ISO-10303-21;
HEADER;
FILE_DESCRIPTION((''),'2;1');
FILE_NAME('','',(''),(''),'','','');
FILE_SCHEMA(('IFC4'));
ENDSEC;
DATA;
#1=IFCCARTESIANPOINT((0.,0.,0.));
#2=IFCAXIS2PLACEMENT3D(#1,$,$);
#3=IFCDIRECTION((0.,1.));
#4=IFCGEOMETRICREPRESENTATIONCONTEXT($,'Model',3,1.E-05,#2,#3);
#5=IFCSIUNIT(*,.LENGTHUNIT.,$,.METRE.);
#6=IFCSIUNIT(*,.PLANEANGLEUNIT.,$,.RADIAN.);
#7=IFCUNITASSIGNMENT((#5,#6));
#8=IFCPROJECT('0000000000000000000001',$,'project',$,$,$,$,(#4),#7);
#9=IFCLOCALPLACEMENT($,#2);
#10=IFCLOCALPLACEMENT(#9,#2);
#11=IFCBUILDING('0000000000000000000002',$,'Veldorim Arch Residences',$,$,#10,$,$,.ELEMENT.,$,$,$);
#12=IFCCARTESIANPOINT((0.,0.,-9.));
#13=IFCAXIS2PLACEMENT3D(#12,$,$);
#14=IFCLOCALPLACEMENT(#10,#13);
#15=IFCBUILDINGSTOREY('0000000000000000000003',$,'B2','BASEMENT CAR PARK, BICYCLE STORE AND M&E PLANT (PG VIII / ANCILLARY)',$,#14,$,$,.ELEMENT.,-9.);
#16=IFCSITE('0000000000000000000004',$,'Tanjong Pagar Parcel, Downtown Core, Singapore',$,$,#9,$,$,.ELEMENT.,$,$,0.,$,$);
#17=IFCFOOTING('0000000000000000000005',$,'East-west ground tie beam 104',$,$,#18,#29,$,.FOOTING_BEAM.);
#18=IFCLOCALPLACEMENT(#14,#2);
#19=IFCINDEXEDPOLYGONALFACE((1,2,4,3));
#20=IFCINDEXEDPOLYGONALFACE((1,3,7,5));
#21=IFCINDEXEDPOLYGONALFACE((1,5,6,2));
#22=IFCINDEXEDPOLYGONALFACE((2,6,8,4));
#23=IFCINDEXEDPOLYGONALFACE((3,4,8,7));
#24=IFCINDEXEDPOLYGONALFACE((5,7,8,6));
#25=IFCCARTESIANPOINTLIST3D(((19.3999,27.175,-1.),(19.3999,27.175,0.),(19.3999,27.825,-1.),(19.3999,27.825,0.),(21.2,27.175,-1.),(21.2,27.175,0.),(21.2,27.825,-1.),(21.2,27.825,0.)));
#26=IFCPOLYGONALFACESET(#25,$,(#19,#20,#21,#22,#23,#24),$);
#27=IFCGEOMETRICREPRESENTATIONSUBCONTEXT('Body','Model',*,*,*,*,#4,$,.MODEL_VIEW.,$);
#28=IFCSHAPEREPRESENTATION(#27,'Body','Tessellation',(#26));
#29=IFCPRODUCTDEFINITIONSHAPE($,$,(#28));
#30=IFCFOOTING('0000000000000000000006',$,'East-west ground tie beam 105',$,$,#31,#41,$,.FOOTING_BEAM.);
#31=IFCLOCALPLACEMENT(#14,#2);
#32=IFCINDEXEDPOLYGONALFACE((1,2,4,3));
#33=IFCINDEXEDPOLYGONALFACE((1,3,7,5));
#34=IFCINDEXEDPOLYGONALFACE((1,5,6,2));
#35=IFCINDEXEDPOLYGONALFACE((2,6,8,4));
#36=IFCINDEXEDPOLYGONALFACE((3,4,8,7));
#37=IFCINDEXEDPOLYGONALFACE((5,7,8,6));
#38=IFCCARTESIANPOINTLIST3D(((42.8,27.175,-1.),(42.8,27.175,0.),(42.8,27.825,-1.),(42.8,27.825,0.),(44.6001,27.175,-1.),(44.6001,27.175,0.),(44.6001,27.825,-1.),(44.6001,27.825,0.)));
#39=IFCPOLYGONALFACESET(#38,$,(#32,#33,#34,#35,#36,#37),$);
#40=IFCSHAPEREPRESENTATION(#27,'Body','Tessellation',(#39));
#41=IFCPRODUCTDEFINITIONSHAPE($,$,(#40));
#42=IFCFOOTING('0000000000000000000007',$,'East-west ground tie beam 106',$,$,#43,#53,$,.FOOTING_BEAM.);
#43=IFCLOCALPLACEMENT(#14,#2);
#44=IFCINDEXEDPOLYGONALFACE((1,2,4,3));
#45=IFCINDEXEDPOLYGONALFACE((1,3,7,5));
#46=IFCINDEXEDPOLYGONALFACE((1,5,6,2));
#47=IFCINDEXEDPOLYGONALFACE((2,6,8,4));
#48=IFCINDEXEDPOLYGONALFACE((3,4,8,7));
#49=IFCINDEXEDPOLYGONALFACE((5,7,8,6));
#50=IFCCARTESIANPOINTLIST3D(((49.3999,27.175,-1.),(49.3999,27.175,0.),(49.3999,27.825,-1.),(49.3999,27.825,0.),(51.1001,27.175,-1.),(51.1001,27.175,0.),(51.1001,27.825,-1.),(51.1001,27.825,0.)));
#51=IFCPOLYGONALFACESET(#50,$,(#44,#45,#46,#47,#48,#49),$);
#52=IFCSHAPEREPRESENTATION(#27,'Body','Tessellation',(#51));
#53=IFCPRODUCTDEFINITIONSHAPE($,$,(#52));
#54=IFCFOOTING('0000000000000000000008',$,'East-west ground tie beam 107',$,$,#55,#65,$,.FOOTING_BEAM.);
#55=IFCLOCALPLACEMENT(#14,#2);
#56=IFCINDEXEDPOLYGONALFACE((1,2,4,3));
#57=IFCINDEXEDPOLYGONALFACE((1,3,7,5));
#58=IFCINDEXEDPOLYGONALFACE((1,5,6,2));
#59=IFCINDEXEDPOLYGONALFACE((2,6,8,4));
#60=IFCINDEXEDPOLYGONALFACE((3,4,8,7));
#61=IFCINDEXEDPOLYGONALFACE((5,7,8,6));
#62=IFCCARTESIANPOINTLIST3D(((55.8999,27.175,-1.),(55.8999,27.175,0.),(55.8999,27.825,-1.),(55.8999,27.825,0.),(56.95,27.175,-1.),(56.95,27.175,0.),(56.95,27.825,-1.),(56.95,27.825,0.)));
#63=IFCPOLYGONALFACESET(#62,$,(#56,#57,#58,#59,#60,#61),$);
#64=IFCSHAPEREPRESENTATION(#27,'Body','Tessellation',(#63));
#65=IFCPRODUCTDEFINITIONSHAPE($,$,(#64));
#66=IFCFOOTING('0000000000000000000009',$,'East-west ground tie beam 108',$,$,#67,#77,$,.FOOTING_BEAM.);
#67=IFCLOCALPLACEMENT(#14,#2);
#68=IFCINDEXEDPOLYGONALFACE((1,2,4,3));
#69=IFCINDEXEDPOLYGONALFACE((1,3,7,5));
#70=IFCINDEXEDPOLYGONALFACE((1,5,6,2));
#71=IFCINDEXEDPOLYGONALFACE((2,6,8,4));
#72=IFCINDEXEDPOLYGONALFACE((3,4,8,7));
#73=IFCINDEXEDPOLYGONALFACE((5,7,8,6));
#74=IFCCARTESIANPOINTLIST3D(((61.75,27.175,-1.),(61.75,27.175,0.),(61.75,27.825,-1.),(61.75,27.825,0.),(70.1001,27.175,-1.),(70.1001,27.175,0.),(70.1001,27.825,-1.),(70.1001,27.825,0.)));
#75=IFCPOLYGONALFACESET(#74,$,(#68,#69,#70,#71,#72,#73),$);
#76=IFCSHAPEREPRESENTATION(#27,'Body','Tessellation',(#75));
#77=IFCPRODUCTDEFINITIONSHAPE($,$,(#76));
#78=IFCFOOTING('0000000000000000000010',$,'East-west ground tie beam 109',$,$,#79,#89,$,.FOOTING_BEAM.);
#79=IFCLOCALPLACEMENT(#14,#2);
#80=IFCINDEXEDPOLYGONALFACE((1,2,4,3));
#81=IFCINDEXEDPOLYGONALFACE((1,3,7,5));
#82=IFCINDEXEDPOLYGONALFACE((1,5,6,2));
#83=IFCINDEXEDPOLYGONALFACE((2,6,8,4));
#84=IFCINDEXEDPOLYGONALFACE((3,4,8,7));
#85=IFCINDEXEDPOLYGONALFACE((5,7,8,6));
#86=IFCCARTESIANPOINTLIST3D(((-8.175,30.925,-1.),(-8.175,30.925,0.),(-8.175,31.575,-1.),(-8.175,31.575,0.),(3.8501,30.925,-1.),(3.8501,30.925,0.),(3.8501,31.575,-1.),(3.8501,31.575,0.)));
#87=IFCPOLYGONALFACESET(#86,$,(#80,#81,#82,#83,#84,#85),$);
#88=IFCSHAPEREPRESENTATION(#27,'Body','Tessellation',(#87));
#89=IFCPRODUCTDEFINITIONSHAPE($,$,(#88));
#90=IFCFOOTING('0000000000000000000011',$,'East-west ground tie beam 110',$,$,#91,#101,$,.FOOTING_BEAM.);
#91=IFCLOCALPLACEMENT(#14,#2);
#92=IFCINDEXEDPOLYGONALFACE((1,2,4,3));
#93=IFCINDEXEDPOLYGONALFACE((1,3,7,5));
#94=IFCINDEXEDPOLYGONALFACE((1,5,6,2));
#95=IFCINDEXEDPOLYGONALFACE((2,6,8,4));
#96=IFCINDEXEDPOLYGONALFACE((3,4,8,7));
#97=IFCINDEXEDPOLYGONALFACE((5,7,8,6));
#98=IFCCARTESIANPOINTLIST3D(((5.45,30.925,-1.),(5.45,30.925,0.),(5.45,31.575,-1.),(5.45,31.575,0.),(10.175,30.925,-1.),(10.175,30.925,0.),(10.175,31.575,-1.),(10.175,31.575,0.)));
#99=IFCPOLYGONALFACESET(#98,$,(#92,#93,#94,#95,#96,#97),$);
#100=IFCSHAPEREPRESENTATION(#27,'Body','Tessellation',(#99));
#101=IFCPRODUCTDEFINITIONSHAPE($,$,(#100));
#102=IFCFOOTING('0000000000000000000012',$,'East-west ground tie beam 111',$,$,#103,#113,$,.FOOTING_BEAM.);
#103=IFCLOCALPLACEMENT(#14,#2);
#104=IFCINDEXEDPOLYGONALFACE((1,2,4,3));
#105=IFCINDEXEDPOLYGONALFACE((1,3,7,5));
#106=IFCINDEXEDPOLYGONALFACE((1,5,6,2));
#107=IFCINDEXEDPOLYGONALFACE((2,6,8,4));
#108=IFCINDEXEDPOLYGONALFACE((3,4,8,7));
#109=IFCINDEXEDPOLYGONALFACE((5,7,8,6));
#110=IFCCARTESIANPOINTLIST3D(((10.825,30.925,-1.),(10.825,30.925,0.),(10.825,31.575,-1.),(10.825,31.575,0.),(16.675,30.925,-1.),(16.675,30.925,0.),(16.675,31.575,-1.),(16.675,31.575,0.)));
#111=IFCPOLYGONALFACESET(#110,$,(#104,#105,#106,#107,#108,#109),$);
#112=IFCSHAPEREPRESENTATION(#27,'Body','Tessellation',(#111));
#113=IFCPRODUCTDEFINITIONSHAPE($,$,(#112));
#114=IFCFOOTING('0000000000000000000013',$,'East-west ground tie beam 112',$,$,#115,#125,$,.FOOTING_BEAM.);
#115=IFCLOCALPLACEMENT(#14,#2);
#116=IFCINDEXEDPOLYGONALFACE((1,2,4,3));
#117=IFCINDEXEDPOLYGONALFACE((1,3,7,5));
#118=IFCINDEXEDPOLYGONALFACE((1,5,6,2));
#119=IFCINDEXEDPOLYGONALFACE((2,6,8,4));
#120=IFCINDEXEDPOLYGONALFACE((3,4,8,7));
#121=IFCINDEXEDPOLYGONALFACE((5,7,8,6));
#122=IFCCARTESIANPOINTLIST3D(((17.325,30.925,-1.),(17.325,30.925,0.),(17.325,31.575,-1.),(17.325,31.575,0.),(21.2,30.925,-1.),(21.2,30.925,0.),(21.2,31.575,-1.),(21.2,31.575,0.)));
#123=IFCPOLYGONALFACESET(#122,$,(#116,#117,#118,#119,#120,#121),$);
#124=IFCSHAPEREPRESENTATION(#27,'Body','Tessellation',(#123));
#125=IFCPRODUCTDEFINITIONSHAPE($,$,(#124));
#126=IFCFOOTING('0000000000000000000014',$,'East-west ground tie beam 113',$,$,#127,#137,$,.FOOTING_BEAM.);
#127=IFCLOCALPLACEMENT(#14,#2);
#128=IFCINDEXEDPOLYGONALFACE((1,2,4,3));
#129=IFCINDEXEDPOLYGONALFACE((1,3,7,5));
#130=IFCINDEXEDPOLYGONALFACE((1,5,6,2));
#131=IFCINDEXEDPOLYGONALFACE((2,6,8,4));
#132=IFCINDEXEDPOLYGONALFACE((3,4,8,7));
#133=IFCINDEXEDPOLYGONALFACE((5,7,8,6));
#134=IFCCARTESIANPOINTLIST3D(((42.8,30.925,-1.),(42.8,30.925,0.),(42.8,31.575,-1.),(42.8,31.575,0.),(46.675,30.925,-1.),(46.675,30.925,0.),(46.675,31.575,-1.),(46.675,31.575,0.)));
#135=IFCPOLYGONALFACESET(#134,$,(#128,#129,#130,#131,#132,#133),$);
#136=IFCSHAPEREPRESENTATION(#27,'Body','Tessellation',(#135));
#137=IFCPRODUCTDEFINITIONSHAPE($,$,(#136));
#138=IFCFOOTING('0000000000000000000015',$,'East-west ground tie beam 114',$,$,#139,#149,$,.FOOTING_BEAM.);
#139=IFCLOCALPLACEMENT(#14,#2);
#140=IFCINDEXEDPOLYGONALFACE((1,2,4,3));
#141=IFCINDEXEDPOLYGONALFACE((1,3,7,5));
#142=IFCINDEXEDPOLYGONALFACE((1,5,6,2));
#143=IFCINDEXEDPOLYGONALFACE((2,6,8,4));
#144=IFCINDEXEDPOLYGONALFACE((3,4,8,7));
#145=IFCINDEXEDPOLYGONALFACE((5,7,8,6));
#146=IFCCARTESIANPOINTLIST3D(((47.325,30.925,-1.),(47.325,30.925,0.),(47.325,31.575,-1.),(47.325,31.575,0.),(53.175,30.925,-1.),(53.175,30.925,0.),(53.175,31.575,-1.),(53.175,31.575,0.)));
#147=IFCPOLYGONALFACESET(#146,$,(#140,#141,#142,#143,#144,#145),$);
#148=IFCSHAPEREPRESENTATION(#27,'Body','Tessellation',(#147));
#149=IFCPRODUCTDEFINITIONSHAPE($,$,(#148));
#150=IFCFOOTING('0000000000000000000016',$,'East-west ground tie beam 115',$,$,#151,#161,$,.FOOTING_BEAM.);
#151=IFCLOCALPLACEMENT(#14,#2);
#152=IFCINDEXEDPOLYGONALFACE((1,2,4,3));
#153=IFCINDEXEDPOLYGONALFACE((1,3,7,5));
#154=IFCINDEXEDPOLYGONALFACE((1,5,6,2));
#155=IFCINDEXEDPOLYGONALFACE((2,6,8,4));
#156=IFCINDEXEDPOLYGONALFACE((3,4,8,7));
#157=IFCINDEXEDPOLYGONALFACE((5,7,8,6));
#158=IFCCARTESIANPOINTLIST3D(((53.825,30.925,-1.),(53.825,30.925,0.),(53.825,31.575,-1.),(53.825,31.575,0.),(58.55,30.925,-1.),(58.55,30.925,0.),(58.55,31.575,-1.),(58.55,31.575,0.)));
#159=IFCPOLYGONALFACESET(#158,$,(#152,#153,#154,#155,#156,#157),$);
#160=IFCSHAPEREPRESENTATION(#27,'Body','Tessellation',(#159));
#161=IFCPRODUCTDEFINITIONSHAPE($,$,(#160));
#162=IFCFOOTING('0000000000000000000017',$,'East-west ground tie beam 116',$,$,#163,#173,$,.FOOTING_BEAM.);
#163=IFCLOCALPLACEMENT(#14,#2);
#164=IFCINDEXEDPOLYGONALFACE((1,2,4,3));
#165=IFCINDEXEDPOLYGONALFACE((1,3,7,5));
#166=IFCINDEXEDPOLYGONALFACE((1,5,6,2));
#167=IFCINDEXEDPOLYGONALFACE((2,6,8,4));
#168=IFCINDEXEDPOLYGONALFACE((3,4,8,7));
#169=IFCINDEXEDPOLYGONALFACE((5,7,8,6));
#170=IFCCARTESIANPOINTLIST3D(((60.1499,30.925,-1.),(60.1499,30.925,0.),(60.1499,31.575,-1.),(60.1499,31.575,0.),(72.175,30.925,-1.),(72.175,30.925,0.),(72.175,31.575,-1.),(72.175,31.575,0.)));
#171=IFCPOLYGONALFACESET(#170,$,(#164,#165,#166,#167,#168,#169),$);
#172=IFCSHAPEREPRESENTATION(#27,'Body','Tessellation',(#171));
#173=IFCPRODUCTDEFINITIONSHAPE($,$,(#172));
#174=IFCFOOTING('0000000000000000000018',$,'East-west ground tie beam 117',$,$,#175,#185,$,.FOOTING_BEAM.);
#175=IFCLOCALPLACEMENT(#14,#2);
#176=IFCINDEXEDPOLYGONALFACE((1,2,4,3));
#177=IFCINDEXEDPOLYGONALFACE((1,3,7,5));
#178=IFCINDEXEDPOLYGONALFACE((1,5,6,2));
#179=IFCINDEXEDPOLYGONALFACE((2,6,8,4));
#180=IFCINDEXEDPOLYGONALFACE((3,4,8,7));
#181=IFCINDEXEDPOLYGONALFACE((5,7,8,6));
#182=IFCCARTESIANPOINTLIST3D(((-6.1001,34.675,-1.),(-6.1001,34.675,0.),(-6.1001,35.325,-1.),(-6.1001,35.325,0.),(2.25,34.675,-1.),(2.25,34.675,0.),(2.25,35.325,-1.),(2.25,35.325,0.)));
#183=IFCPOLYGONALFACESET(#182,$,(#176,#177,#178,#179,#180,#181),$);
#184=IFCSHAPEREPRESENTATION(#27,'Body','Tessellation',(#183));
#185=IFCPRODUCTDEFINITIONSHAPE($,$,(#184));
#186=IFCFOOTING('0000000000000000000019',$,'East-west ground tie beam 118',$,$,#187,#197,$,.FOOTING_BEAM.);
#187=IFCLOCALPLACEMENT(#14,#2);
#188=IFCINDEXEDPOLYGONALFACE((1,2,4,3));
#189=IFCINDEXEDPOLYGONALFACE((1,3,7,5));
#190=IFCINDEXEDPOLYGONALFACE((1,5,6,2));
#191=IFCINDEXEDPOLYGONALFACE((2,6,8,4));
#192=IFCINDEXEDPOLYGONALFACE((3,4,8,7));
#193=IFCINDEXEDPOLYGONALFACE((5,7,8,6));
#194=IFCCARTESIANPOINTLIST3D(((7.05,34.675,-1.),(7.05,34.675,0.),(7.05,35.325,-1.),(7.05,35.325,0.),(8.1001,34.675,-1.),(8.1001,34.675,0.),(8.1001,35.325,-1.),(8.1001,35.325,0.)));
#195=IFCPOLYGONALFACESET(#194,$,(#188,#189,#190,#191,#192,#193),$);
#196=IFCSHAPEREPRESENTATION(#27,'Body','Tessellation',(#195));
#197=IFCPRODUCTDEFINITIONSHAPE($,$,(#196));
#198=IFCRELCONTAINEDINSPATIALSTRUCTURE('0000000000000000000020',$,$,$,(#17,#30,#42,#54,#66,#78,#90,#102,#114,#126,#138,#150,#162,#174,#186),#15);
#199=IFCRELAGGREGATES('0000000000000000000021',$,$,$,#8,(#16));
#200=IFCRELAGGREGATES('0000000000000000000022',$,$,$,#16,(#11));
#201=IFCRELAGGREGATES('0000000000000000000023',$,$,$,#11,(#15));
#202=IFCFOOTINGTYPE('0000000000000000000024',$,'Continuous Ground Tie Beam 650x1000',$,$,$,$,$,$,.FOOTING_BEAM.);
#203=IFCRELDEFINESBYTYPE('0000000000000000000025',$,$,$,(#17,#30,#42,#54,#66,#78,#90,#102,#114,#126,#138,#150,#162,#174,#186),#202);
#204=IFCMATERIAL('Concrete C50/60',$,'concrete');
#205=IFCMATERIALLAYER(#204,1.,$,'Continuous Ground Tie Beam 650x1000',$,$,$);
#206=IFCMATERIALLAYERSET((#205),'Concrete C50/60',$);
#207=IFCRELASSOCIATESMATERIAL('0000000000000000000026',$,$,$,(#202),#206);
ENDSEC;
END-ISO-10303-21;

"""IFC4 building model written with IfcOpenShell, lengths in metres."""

from ifc_helpers import new_model, si_unit, direction, frame, origin, place, context, subcontext, project, spatial, polyline, outline, extrude, material, layer, layer_set, type_object, element, save


model = new_model("IFC4")

# Units and contexts
model_context = context("Model", 3, precision=1e-05, world=origin(), true_north=direction((0.0, 1.0)))
body_context = subcontext(model_context, "Body", "Model", "MODEL_VIEW")
ifc_project = project(units=[si_unit("LENGTHUNIT", "METRE"), si_unit("PLANEANGLEUNIT", "RADIAN")], contexts=[model_context])

# Site, building, storey
site_placement = place(None, origin())
site = spatial("IfcSite", under=ifc_project, at=site_placement, Name="Tanjong Pagar Parcel, Downtown Core, Singapore", CompositionType="ELEMENT", RefElevation=0.0)
building_placement = place(site_placement, origin())
building = spatial("IfcBuilding", under=site, at=building_placement, Name="Veldorim Arch Residences", CompositionType="ELEMENT")
storey_placement = place(building_placement, frame((0.0, 0.0, -9.0)))
storey = spatial("IfcBuildingStorey", under=building, at=storey_placement, Name="B2", Description="BASEMENT CAR PARK, BICYCLE STORE AND M&E PLANT (PG VIII / ANCILLARY)", CompositionType="ELEMENT", Elevation=-9.0)

# Footings
ifc_material = material(Name="Concrete C50/60", Category="concrete")
ifc_layer = layer(ifc_material, 1.0, Name="Continuous Ground Tie Beam 650x1000")
ifc_layer_set = layer_set([ifc_layer], Name="Concrete C50/60")
footing_type = type_object("IfcFootingType", Name="Continuous Ground Tie Beam 650x1000", PredefinedType="FOOTING_BEAM", material=ifc_layer_set)
footing_1_placement = place(storey_placement, frame((0.0, 0.0, -1.0)))
element("IfcFooting", 1, at=footing_1_placement, inside=storey, type_object=footing_type, Name="East-west ground tie beam 104", PredefinedType="FOOTING_BEAM", context=body_context, shape_type="SweptSolid", body=[
    extrude(outline(polyline([(19.3999, 27.175), (21.2, 27.175), (21.2, 27.825), (19.3999, 27.825), (19.3999, 27.175)])), origin(), (0.0, 0.0, 1.0), 1.0),
])
footing_2_placement = place(storey_placement, frame((0.0, 0.0, -1.0)))
element("IfcFooting", 2, at=footing_2_placement, inside=storey, type_object=footing_type, Name="East-west ground tie beam 105", PredefinedType="FOOTING_BEAM", context=body_context, shape_type="SweptSolid", body=[
    extrude(outline(polyline([(42.8, 27.175), (44.6001, 27.175), (44.6001, 27.825), (42.8, 27.825), (42.8, 27.175)])), origin(), (0.0, 0.0, 1.0), 1.0),
])
footing_3_placement = place(storey_placement, frame((0.0, 0.0, -1.0)))
element("IfcFooting", 3, at=footing_3_placement, inside=storey, type_object=footing_type, Name="East-west ground tie beam 106", PredefinedType="FOOTING_BEAM", context=body_context, shape_type="SweptSolid", body=[
    extrude(outline(polyline([(49.3999, 27.175), (51.1001, 27.175), (51.1001, 27.825), (49.3999, 27.825), (49.3999, 27.175)])), origin(), (0.0, 0.0, 1.0), 1.0),
])
footing_4_placement = place(storey_placement, frame((0.0, 0.0, -1.0)))
element("IfcFooting", 4, at=footing_4_placement, inside=storey, type_object=footing_type, Name="East-west ground tie beam 107", PredefinedType="FOOTING_BEAM", context=body_context, shape_type="SweptSolid", body=[
    extrude(outline(polyline([(55.8999, 27.175), (56.95, 27.175), (56.95, 27.825), (55.8999, 27.825), (55.8999, 27.175)])), origin(), (0.0, 0.0, 1.0), 1.0),
])
footing_5_placement = place(storey_placement, frame((0.0, 0.0, -1.0)))
element("IfcFooting", 5, at=footing_5_placement, inside=storey, type_object=footing_type, Name="East-west ground tie beam 108", PredefinedType="FOOTING_BEAM", context=body_context, shape_type="SweptSolid", body=[
    extrude(outline(polyline([(61.75, 27.175), (70.1001, 27.175), (70.1001, 27.825), (61.75, 27.825), (61.75, 27.175)])), origin(), (0.0, 0.0, 1.0), 1.0),
])
footing_6_placement = place(storey_placement, frame((0.0, 0.0, -1.0)))
element("IfcFooting", 6, at=footing_6_placement, inside=storey, type_object=footing_type, Name="East-west ground tie beam 109", PredefinedType="FOOTING_BEAM", context=body_context, shape_type="SweptSolid", body=[
    extrude(outline(polyline([(-8.175, 30.925), (3.8501, 30.925), (3.8501, 31.575), (-8.175, 31.575), (-8.175, 30.925)])), origin(), (0.0, 0.0, 1.0), 1.0),
])
footing_7_placement = place(storey_placement, frame((0.0, 0.0, -1.0)))
element("IfcFooting", 7, at=footing_7_placement, inside=storey, type_object=footing_type, Name="East-west ground tie beam 110", PredefinedType="FOOTING_BEAM", context=body_context, shape_type="SweptSolid", body=[
    extrude(outline(polyline([(5.45, 30.925), (10.175, 30.925), (10.175, 31.575), (5.45, 31.575), (5.45, 30.925)])), origin(), (0.0, 0.0, 1.0), 1.0),
])
footing_8_placement = place(storey_placement, frame((0.0, 0.0, -1.0)))
element("IfcFooting", 8, at=footing_8_placement, inside=storey, type_object=footing_type, Name="East-west ground tie beam 111", PredefinedType="FOOTING_BEAM", context=body_context, shape_type="SweptSolid", body=[
    extrude(outline(polyline([(10.825, 30.925), (16.675, 30.925), (16.675, 31.575), (10.825, 31.575), (10.825, 30.925)])), origin(), (0.0, 0.0, 1.0), 1.0),
])
footing_9_placement = place(storey_placement, frame((0.0, 0.0, -1.0)))
element("IfcFooting", 9, at=footing_9_placement, inside=storey, type_object=footing_type, Name="East-west ground tie beam 112", PredefinedType="FOOTING_BEAM", context=body_context, shape_type="SweptSolid", body=[
    extrude(outline(polyline([(17.325, 30.925), (21.2, 30.925), (21.2, 31.575), (17.325, 31.575), (17.325, 30.925)])), origin(), (0.0, 0.0, 1.0), 1.0),
])
footing_10_placement = place(storey_placement, frame((0.0, 0.0, -1.0)))
element("IfcFooting", 10, at=footing_10_placement, inside=storey, type_object=footing_type, Name="East-west ground tie beam 113", PredefinedType="FOOTING_BEAM", context=body_context, shape_type="SweptSolid", body=[
    extrude(outline(polyline([(42.8, 30.925), (46.675, 30.925), (46.675, 31.575), (42.8, 31.575), (42.8, 30.925)])), origin(), (0.0, 0.0, 1.0), 1.0),
])
footing_11_placement = place(storey_placement, frame((0.0, 0.0, -1.0)))
element("IfcFooting", 11, at=footing_11_placement, inside=storey, type_object=footing_type, Name="East-west ground tie beam 114", PredefinedType="FOOTING_BEAM", context=body_context, shape_type="SweptSolid", body=[
    extrude(outline(polyline([(47.325, 30.925), (53.175, 30.925), (53.175, 31.575), (47.325, 31.575), (47.325, 30.925)])), origin(), (0.0, 0.0, 1.0), 1.0),
])
footing_12_placement = place(storey_placement, frame((0.0, 0.0, -1.0)))
element("IfcFooting", 12, at=footing_12_placement, inside=storey, type_object=footing_type, Name="East-west ground tie beam 115", PredefinedType="FOOTING_BEAM", context=body_context, shape_type="SweptSolid", body=[
    extrude(outline(polyline([(53.825, 30.925), (58.55, 30.925), (58.55, 31.575), (53.825, 31.575), (53.825, 30.925)])), origin(), (0.0, 0.0, 1.0), 1.0),
])
footing_13_placement = place(storey_placement, frame((0.0, 0.0, -1.0)))
element("IfcFooting", 13, at=footing_13_placement, inside=storey, type_object=footing_type, Name="East-west ground tie beam 116", PredefinedType="FOOTING_BEAM", context=body_context, shape_type="SweptSolid", body=[
    extrude(outline(polyline([(60.1499, 30.925), (72.175, 30.925), (72.175, 31.575), (60.1499, 31.575), (60.1499, 30.925)])), origin(), (0.0, 0.0, 1.0), 1.0),
])
footing_14_placement = place(storey_placement, frame((0.0, 0.0, -1.0)))
element("IfcFooting", 14, at=footing_14_placement, inside=storey, type_object=footing_type, Name="East-west ground tie beam 117", PredefinedType="FOOTING_BEAM", context=body_context, shape_type="SweptSolid", body=[
    extrude(outline(polyline([(-6.1001, 34.675), (2.25, 34.675), (2.25, 35.325), (-6.1001, 35.325), (-6.1001, 34.675)])), origin(), (0.0, 0.0, 1.0), 1.0),
])
footing_15_placement = place(storey_placement, frame((0.0, 0.0, -1.0)))
element("IfcFooting", 15, at=footing_15_placement, inside=storey, type_object=footing_type, Name="East-west ground tie beam 118", PredefinedType="FOOTING_BEAM", context=body_context, shape_type="SweptSolid", body=[
    extrude(outline(polyline([(7.05, 34.675), (8.1001, 34.675), (8.1001, 35.325), (7.05, 35.325), (7.05, 34.675)])), origin(), (0.0, 0.0, 1.0), 1.0),
])

save(model, "model.ifc")
